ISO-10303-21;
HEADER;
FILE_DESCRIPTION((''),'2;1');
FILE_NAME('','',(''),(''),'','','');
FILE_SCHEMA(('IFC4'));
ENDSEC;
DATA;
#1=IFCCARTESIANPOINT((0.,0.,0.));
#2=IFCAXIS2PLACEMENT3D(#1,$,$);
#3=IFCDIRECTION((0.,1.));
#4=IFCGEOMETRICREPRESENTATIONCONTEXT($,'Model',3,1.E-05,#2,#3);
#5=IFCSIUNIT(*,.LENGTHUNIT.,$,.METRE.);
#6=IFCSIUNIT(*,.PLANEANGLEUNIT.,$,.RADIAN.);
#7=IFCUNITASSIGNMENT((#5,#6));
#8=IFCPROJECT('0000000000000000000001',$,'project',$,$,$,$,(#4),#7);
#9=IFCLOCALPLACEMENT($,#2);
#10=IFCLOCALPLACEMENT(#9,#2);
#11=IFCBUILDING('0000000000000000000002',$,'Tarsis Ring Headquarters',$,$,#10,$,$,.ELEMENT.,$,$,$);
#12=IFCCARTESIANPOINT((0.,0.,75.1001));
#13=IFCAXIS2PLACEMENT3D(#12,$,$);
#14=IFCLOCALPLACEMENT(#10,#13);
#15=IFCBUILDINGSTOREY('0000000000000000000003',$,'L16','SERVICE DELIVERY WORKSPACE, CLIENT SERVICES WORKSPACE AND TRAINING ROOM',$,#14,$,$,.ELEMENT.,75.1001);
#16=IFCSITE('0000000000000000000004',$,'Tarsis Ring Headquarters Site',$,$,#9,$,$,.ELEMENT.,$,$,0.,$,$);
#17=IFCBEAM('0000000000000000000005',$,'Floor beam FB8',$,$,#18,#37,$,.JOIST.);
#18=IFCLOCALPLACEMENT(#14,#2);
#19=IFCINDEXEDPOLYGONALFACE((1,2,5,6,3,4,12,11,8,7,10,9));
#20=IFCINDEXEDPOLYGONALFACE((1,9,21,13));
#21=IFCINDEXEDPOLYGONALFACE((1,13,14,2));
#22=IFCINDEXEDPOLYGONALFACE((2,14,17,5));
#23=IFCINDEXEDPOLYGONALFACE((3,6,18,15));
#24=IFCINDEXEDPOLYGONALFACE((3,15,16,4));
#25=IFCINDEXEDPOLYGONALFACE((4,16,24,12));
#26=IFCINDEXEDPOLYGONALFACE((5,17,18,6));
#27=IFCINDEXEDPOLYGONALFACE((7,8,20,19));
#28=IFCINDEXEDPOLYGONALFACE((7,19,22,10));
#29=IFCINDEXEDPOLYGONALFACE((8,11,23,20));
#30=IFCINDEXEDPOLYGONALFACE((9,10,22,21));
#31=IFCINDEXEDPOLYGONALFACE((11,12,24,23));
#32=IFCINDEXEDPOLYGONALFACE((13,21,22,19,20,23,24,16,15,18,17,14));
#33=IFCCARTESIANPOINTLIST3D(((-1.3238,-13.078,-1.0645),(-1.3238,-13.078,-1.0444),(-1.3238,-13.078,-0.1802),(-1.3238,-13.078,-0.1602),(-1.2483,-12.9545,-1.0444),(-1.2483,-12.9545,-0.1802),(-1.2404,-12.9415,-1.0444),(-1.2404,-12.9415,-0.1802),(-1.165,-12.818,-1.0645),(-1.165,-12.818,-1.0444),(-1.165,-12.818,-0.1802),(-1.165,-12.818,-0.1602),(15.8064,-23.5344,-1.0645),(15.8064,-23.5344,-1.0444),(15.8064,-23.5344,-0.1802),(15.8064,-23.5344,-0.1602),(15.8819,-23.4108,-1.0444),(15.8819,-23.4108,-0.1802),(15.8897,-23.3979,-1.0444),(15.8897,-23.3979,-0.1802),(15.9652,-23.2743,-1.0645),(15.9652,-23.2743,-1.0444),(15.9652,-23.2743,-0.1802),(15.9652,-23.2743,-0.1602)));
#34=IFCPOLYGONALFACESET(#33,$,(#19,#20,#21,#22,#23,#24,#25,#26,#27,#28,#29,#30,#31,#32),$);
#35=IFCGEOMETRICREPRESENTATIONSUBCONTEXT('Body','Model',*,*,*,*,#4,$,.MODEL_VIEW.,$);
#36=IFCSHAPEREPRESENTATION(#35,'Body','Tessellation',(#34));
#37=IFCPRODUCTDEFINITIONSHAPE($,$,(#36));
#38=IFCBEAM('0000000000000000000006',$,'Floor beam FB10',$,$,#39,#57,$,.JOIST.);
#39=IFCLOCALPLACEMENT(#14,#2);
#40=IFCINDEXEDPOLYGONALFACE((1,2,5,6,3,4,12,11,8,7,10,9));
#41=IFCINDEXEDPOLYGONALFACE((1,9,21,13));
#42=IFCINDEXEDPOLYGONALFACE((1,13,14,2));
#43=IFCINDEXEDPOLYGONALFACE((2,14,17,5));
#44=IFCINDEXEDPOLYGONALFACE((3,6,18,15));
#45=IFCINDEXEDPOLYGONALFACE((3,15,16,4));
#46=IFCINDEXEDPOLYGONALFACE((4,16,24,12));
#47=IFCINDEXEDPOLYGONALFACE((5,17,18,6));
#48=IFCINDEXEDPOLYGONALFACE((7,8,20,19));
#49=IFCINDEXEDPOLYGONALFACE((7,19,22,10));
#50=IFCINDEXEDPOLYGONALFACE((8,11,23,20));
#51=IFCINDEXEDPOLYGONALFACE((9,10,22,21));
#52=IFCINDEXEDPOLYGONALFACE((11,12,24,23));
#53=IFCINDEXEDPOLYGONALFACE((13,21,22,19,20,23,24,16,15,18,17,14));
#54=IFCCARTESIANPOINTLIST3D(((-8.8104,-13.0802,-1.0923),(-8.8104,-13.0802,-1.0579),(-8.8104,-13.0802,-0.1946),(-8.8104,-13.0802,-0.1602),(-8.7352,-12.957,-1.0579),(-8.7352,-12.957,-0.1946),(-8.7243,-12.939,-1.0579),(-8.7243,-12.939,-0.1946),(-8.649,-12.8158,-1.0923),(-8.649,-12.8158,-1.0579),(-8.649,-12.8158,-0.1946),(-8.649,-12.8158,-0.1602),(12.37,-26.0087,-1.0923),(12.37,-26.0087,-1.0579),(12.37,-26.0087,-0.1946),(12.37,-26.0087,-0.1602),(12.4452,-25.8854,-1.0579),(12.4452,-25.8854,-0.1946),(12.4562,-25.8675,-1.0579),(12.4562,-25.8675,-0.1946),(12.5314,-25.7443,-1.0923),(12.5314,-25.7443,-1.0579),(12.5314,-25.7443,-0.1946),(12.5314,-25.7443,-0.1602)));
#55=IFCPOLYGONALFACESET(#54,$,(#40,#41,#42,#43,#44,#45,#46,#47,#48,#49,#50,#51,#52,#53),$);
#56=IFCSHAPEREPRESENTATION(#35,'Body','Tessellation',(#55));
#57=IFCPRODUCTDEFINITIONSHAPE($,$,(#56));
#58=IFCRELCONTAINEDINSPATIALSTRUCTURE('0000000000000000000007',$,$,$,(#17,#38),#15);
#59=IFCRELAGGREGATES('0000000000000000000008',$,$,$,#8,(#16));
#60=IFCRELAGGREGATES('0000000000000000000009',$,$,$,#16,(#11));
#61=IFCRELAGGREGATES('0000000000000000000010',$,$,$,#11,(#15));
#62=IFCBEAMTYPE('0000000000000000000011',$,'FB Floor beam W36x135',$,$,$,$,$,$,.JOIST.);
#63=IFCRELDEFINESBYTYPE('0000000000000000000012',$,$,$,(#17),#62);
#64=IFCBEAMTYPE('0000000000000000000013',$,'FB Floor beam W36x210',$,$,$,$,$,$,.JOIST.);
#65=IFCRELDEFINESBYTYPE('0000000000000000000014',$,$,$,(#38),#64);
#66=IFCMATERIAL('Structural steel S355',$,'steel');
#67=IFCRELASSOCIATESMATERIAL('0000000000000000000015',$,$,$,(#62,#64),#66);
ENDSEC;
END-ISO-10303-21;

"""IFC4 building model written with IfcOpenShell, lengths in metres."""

from ifc_helpers import new_model, si_unit, direction, frame, origin, origin_2d, place, context, subcontext, project, spatial, i_section, extrude, material, material_profile, profile_set, type_object, element, save


model = new_model("IFC4")

# Units and contexts
model_context = context("Model", 3, precision=1e-05, world=origin(), true_north=direction((0.0, 1.0)))
body_context = subcontext(model_context, "Body", "Model", "MODEL_VIEW")
ifc_project = project(units=[si_unit("LENGTHUNIT", "METRE"), si_unit("PLANEANGLEUNIT", "RADIAN")], contexts=[model_context])

# Site, building, storey
site_placement = place(None, origin())
site = spatial("IfcSite", under=ifc_project, at=site_placement, Name="Tarsis Ring Headquarters Site", CompositionType="ELEMENT", RefElevation=0.0)
building_placement = place(site_placement, origin())
building = spatial("IfcBuilding", under=site, at=building_placement, Name="Tarsis Ring Headquarters", CompositionType="ELEMENT")
storey_placement = place(building_placement, frame((0.0, 0.0, 75.1001)))
storey = spatial("IfcBuildingStorey", under=building, at=storey_placement, Name="L16", Description="SERVICE DELIVERY WORKSPACE, CLIENT SERVICES WORKSPACE AND TRAINING ROOM", CompositionType="ELEMENT", Elevation=75.1001)

# Beams
ifc_material_1 = material(Name="Structural steel S355", Category="steel")
ifc_material_profile_1 = material_profile(ifc_material_1, i_section(OverallWidth=0.3047, OverallDepth=0.9043, WebThickness=0.0151, FlangeThickness=0.02, at=origin_2d()), Name="W36x135")
ifc_profile_set_1 = profile_set([ifc_material_profile_1], Name="Structural steel S355")
beam_type_1 = type_object("IfcBeamType", Name="FB Floor beam W36x135", PredefinedType="JOIST", material=ifc_profile_set_1)
beam_1_placement = place(storey_placement, frame((-1.2444, -12.948, -0.6123), z_axis=(0.85355, -0.521011, 0.0), x_axis=(0.521011, 0.85355, 0.0)))
element("IfcBeam", 1, at=beam_1_placement, inside=storey, type_object=beam_type_1, Name="Floor beam FB8", PredefinedType="JOIST", context=body_context, shape_type="SweptSolid", body=[
    extrude(i_section(OverallWidth=0.3047, OverallDepth=0.9043, WebThickness=0.0151, FlangeThickness=0.02, at=origin_2d()), origin(), (0.0, 0.0, 1.0), 20.0693),
])
ifc_material_profile_2 = material_profile(ifc_material_1, i_section(OverallWidth=0.3098, OverallDepth=0.9321, WebThickness=0.021, FlangeThickness=0.0344, at=origin_2d()), Name="W36x210")
ifc_profile_set_2 = profile_set([ifc_material_profile_2], Name="Structural steel S355")
beam_type_2 = type_object("IfcBeamType", Name="FB Floor beam W36x210", PredefinedType="JOIST", material=ifc_profile_set_2)
beam_2_placement = place(storey_placement, frame((-8.7297, -12.948, -0.6262), z_axis=(0.853553, -0.521006, 0.0), x_axis=(0.521006, 0.853553, 0.0)))
element("IfcBeam", 2, at=beam_2_placement, inside=storey, type_object=beam_type_2, Name="Floor beam FB10", PredefinedType="JOIST", context=body_context, shape_type="SweptSolid", body=[
    extrude(i_section(OverallWidth=0.3098, OverallDepth=0.9321, WebThickness=0.021, FlangeThickness=0.0344, at=origin_2d()), origin(), (0.0, 0.0, 1.0), 24.8145),
])

save(model, "model.ifc")
